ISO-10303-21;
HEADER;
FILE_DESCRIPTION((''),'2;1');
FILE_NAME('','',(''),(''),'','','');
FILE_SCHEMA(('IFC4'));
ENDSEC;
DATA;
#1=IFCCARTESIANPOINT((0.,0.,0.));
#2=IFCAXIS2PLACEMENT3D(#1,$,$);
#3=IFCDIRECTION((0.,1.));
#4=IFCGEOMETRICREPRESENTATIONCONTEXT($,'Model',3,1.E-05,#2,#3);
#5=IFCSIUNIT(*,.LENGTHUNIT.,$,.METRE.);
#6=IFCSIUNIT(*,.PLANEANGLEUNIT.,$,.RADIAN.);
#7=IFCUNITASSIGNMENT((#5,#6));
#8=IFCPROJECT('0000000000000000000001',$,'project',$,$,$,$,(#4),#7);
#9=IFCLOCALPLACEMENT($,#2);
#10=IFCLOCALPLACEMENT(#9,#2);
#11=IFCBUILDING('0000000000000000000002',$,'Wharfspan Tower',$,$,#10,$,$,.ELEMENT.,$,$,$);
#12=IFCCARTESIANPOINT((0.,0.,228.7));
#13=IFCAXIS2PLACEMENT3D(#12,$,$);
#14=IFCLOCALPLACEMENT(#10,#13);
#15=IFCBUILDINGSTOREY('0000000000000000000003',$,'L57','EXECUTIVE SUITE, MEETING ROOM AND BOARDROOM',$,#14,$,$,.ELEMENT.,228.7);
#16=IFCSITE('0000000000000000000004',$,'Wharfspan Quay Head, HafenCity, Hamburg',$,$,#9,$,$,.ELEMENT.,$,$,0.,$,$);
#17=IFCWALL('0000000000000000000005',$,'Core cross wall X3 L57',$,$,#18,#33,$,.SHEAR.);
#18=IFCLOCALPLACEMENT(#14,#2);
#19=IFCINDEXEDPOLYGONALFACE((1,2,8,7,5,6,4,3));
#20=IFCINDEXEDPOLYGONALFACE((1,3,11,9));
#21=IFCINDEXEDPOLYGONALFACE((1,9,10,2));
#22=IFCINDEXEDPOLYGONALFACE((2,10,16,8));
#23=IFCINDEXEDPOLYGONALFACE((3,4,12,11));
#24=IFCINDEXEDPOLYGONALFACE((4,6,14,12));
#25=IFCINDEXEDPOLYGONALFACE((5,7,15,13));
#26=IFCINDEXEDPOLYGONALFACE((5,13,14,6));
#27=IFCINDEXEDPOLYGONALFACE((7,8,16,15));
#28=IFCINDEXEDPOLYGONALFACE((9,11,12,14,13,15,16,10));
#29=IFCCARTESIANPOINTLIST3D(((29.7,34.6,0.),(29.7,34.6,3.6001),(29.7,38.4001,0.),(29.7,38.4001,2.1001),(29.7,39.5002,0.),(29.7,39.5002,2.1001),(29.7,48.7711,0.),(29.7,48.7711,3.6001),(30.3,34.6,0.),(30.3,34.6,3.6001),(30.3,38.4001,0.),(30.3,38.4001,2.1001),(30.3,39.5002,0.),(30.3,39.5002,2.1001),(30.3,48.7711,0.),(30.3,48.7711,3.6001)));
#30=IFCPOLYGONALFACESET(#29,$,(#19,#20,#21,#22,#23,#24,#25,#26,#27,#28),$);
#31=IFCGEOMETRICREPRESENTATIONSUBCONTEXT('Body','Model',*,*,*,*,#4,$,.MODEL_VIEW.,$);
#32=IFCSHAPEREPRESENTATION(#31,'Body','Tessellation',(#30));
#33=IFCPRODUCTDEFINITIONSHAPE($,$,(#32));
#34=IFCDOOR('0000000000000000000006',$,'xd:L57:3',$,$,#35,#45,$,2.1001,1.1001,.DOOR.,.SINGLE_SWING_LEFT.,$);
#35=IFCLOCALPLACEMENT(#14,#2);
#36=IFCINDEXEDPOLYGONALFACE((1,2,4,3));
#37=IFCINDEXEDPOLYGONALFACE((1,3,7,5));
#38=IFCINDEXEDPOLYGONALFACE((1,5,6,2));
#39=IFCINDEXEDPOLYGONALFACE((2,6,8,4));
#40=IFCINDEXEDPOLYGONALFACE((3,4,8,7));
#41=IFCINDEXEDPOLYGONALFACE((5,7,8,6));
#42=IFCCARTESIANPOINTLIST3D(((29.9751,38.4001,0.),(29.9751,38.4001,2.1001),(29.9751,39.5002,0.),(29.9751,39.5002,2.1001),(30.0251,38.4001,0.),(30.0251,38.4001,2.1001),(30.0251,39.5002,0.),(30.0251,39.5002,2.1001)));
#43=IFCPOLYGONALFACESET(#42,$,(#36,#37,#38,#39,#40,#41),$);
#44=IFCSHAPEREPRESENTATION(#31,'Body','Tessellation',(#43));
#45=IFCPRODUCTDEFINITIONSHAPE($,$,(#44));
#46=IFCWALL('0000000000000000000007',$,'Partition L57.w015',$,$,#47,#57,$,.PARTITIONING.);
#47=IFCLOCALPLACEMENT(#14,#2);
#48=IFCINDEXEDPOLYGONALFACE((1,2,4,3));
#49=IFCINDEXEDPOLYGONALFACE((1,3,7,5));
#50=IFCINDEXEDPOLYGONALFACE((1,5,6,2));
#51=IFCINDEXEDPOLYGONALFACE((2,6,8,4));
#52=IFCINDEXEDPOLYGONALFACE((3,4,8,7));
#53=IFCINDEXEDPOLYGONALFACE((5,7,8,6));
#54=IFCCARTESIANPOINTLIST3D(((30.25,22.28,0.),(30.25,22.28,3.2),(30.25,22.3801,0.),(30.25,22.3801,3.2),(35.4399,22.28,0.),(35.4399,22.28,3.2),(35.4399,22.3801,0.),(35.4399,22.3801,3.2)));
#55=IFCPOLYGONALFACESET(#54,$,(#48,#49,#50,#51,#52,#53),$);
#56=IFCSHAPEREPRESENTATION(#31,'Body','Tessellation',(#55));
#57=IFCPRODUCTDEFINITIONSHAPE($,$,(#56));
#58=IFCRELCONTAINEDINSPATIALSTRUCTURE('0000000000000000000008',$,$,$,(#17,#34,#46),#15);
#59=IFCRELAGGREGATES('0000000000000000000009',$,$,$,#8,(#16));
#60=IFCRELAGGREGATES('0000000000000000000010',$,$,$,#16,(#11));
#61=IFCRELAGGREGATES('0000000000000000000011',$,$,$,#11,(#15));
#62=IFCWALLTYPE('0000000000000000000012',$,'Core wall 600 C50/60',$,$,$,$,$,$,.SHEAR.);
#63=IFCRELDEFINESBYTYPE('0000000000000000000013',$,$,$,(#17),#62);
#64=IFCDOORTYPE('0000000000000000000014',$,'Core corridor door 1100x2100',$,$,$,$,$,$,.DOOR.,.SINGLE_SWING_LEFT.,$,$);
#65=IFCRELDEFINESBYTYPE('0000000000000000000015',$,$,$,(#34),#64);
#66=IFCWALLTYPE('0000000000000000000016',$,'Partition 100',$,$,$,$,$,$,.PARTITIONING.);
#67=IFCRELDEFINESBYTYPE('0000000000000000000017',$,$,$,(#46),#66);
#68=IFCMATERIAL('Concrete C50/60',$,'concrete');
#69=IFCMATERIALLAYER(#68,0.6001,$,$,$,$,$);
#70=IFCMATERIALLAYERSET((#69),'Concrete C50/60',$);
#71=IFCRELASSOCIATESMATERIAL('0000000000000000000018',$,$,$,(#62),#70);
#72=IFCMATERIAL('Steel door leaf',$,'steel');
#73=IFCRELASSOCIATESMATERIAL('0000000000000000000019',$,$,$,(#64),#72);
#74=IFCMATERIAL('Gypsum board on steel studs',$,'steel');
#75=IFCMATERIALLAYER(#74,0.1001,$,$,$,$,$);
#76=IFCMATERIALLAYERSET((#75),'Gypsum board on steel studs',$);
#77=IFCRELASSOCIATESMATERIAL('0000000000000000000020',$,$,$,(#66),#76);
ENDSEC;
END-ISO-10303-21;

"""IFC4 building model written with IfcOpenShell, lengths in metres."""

from ifc_helpers import new_model, si_unit, direction, frame, frame_2d, origin, place, context, subcontext, project, spatial, rectangle, extrude, material, layer, layer_set, type_object, element, fill, save


model = new_model("IFC4")

# Units and contexts
model_context = context("Model", 3, precision=1e-05, world=origin(), true_north=direction((0.0, 1.0)))
body_context = subcontext(model_context, "Body", "Model", "MODEL_VIEW")
ifc_project = project(units=[si_unit("LENGTHUNIT", "METRE"), si_unit("PLANEANGLEUNIT", "RADIAN")], contexts=[model_context])

# Site, building, storey
site_placement = place(None, origin())
site = spatial("IfcSite", under=ifc_project, at=site_placement, Name="Wharfspan Quay Head, HafenCity, Hamburg", CompositionType="ELEMENT", RefElevation=0.0)
building_placement = place(site_placement, origin())
building = spatial("IfcBuilding", under=site, at=building_placement, Name="Wharfspan Tower", CompositionType="ELEMENT")
storey_placement = place(building_placement, frame((0.0, 0.0, 228.7)))
storey = spatial("IfcBuildingStorey", under=building, at=storey_placement, Name="L57", Description="EXECUTIVE SUITE, MEETING ROOM AND BOARDROOM", CompositionType="ELEMENT", Elevation=228.7)

# Shared definitions
ifc_material_1 = material(Name="Gypsum board on steel studs", Category="steel")

# Shared definitions
ifc_material_2 = material(Name="Concrete C50/60", Category="concrete")
ifc_layer_1 = layer(ifc_material_2, 0.6001)
ifc_layer_set_1 = layer_set([ifc_layer_1], Name="Concrete C50/60")
wall_type_1 = type_object("IfcWallType", Name="Core wall 600 C50/60", PredefinedType="SHEAR", material=ifc_layer_set_1)
ifc_material_3 = material(Name="Steel door leaf", Category="steel")

# Wall, opening, door
wall_1_placement = place(storey_placement, frame((30.0, 34.6001, 0.0), z_axis=(0.0, 0.0, 1.0), x_axis=(0.0, 1.0, 0.0)))
wall_1 = element("IfcWall", 1, at=wall_1_placement, inside=storey, type_object=wall_type_1, Name="Core cross wall X3 L57", PredefinedType="SHEAR", context=body_context, shape_type="SweptSolid", body=[
    extrude(rectangle(XDim=14.1711, YDim=0.6001, at=frame_2d((7.0854, 0.0))), origin(), (0.0, 0.0, 1.0), 3.6001),
])
opening_1_placement = place(wall_1_placement, frame((3.8, 0.0, 0.0)))
opening_1 = element("IfcOpeningElement", 2, at=opening_1_placement, cuts=wall_1, PredefinedType="OPENING", context=body_context, shape_type="SweptSolid", body=[
    extrude(rectangle(XDim=1.1001, YDim=2.1001, at=frame_2d((0.55, 1.05))), frame((0.0, 0.3101, 0.0), z_axis=(0.0, -1.0, 0.0), x_axis=(1.0, 0.0, 0.0)), (0.0, 0.0, 1.0), 0.6201),
])
door_type_1 = type_object("IfcDoorType", Name="Core corridor door 1100x2100", OperationType="SINGLE_SWING_LEFT", PredefinedType="DOOR", material=ifc_material_3)
door_1_placement = place(opening_1_placement, origin())
door_1 = element("IfcDoor", 3, at=door_1_placement, inside=storey, type_object=door_type_1, Name="xd:L57:3", OperationType="SINGLE_SWING_LEFT", OverallHeight=2.1001, OverallWidth=1.1001, PredefinedType="DOOR", context=body_context, shape_type="SweptSolid", body=[
    extrude(rectangle(XDim=1.1001, YDim=2.1001, at=frame_2d((0.55, 1.05))), frame((0.0, 0.0249, 0.0), z_axis=(0.0, -1.0, 0.0), x_axis=(1.0, 0.0, 0.0)), (0.0, 0.0, 1.0), 0.05),
])
fill(opening_1, door_1)

# Wall
ifc_layer_2 = layer(ifc_material_1, 0.1001)
ifc_layer_set_2 = layer_set([ifc_layer_2], Name="Gypsum board on steel studs")
wall_type_2 = type_object("IfcWallType", Name="Partition 100", PredefinedType="PARTITIONING", material=ifc_layer_set_2)
wall_2_placement = place(storey_placement, frame((30.25, 22.3301, 0.0), z_axis=(0.0, 0.0, 1.0), x_axis=(1.0, 0.0, 0.0)))
element("IfcWall", 4, at=wall_2_placement, inside=storey, type_object=wall_type_2, Name="Partition L57.w015", PredefinedType="PARTITIONING", context=body_context, shape_type="SweptSolid", body=[
    extrude(rectangle(XDim=5.1899, YDim=0.1001, at=frame_2d((2.595, 0.0))), origin(), (0.0, 0.0, 1.0), 3.2),
])

save(model, "model.ifc")
